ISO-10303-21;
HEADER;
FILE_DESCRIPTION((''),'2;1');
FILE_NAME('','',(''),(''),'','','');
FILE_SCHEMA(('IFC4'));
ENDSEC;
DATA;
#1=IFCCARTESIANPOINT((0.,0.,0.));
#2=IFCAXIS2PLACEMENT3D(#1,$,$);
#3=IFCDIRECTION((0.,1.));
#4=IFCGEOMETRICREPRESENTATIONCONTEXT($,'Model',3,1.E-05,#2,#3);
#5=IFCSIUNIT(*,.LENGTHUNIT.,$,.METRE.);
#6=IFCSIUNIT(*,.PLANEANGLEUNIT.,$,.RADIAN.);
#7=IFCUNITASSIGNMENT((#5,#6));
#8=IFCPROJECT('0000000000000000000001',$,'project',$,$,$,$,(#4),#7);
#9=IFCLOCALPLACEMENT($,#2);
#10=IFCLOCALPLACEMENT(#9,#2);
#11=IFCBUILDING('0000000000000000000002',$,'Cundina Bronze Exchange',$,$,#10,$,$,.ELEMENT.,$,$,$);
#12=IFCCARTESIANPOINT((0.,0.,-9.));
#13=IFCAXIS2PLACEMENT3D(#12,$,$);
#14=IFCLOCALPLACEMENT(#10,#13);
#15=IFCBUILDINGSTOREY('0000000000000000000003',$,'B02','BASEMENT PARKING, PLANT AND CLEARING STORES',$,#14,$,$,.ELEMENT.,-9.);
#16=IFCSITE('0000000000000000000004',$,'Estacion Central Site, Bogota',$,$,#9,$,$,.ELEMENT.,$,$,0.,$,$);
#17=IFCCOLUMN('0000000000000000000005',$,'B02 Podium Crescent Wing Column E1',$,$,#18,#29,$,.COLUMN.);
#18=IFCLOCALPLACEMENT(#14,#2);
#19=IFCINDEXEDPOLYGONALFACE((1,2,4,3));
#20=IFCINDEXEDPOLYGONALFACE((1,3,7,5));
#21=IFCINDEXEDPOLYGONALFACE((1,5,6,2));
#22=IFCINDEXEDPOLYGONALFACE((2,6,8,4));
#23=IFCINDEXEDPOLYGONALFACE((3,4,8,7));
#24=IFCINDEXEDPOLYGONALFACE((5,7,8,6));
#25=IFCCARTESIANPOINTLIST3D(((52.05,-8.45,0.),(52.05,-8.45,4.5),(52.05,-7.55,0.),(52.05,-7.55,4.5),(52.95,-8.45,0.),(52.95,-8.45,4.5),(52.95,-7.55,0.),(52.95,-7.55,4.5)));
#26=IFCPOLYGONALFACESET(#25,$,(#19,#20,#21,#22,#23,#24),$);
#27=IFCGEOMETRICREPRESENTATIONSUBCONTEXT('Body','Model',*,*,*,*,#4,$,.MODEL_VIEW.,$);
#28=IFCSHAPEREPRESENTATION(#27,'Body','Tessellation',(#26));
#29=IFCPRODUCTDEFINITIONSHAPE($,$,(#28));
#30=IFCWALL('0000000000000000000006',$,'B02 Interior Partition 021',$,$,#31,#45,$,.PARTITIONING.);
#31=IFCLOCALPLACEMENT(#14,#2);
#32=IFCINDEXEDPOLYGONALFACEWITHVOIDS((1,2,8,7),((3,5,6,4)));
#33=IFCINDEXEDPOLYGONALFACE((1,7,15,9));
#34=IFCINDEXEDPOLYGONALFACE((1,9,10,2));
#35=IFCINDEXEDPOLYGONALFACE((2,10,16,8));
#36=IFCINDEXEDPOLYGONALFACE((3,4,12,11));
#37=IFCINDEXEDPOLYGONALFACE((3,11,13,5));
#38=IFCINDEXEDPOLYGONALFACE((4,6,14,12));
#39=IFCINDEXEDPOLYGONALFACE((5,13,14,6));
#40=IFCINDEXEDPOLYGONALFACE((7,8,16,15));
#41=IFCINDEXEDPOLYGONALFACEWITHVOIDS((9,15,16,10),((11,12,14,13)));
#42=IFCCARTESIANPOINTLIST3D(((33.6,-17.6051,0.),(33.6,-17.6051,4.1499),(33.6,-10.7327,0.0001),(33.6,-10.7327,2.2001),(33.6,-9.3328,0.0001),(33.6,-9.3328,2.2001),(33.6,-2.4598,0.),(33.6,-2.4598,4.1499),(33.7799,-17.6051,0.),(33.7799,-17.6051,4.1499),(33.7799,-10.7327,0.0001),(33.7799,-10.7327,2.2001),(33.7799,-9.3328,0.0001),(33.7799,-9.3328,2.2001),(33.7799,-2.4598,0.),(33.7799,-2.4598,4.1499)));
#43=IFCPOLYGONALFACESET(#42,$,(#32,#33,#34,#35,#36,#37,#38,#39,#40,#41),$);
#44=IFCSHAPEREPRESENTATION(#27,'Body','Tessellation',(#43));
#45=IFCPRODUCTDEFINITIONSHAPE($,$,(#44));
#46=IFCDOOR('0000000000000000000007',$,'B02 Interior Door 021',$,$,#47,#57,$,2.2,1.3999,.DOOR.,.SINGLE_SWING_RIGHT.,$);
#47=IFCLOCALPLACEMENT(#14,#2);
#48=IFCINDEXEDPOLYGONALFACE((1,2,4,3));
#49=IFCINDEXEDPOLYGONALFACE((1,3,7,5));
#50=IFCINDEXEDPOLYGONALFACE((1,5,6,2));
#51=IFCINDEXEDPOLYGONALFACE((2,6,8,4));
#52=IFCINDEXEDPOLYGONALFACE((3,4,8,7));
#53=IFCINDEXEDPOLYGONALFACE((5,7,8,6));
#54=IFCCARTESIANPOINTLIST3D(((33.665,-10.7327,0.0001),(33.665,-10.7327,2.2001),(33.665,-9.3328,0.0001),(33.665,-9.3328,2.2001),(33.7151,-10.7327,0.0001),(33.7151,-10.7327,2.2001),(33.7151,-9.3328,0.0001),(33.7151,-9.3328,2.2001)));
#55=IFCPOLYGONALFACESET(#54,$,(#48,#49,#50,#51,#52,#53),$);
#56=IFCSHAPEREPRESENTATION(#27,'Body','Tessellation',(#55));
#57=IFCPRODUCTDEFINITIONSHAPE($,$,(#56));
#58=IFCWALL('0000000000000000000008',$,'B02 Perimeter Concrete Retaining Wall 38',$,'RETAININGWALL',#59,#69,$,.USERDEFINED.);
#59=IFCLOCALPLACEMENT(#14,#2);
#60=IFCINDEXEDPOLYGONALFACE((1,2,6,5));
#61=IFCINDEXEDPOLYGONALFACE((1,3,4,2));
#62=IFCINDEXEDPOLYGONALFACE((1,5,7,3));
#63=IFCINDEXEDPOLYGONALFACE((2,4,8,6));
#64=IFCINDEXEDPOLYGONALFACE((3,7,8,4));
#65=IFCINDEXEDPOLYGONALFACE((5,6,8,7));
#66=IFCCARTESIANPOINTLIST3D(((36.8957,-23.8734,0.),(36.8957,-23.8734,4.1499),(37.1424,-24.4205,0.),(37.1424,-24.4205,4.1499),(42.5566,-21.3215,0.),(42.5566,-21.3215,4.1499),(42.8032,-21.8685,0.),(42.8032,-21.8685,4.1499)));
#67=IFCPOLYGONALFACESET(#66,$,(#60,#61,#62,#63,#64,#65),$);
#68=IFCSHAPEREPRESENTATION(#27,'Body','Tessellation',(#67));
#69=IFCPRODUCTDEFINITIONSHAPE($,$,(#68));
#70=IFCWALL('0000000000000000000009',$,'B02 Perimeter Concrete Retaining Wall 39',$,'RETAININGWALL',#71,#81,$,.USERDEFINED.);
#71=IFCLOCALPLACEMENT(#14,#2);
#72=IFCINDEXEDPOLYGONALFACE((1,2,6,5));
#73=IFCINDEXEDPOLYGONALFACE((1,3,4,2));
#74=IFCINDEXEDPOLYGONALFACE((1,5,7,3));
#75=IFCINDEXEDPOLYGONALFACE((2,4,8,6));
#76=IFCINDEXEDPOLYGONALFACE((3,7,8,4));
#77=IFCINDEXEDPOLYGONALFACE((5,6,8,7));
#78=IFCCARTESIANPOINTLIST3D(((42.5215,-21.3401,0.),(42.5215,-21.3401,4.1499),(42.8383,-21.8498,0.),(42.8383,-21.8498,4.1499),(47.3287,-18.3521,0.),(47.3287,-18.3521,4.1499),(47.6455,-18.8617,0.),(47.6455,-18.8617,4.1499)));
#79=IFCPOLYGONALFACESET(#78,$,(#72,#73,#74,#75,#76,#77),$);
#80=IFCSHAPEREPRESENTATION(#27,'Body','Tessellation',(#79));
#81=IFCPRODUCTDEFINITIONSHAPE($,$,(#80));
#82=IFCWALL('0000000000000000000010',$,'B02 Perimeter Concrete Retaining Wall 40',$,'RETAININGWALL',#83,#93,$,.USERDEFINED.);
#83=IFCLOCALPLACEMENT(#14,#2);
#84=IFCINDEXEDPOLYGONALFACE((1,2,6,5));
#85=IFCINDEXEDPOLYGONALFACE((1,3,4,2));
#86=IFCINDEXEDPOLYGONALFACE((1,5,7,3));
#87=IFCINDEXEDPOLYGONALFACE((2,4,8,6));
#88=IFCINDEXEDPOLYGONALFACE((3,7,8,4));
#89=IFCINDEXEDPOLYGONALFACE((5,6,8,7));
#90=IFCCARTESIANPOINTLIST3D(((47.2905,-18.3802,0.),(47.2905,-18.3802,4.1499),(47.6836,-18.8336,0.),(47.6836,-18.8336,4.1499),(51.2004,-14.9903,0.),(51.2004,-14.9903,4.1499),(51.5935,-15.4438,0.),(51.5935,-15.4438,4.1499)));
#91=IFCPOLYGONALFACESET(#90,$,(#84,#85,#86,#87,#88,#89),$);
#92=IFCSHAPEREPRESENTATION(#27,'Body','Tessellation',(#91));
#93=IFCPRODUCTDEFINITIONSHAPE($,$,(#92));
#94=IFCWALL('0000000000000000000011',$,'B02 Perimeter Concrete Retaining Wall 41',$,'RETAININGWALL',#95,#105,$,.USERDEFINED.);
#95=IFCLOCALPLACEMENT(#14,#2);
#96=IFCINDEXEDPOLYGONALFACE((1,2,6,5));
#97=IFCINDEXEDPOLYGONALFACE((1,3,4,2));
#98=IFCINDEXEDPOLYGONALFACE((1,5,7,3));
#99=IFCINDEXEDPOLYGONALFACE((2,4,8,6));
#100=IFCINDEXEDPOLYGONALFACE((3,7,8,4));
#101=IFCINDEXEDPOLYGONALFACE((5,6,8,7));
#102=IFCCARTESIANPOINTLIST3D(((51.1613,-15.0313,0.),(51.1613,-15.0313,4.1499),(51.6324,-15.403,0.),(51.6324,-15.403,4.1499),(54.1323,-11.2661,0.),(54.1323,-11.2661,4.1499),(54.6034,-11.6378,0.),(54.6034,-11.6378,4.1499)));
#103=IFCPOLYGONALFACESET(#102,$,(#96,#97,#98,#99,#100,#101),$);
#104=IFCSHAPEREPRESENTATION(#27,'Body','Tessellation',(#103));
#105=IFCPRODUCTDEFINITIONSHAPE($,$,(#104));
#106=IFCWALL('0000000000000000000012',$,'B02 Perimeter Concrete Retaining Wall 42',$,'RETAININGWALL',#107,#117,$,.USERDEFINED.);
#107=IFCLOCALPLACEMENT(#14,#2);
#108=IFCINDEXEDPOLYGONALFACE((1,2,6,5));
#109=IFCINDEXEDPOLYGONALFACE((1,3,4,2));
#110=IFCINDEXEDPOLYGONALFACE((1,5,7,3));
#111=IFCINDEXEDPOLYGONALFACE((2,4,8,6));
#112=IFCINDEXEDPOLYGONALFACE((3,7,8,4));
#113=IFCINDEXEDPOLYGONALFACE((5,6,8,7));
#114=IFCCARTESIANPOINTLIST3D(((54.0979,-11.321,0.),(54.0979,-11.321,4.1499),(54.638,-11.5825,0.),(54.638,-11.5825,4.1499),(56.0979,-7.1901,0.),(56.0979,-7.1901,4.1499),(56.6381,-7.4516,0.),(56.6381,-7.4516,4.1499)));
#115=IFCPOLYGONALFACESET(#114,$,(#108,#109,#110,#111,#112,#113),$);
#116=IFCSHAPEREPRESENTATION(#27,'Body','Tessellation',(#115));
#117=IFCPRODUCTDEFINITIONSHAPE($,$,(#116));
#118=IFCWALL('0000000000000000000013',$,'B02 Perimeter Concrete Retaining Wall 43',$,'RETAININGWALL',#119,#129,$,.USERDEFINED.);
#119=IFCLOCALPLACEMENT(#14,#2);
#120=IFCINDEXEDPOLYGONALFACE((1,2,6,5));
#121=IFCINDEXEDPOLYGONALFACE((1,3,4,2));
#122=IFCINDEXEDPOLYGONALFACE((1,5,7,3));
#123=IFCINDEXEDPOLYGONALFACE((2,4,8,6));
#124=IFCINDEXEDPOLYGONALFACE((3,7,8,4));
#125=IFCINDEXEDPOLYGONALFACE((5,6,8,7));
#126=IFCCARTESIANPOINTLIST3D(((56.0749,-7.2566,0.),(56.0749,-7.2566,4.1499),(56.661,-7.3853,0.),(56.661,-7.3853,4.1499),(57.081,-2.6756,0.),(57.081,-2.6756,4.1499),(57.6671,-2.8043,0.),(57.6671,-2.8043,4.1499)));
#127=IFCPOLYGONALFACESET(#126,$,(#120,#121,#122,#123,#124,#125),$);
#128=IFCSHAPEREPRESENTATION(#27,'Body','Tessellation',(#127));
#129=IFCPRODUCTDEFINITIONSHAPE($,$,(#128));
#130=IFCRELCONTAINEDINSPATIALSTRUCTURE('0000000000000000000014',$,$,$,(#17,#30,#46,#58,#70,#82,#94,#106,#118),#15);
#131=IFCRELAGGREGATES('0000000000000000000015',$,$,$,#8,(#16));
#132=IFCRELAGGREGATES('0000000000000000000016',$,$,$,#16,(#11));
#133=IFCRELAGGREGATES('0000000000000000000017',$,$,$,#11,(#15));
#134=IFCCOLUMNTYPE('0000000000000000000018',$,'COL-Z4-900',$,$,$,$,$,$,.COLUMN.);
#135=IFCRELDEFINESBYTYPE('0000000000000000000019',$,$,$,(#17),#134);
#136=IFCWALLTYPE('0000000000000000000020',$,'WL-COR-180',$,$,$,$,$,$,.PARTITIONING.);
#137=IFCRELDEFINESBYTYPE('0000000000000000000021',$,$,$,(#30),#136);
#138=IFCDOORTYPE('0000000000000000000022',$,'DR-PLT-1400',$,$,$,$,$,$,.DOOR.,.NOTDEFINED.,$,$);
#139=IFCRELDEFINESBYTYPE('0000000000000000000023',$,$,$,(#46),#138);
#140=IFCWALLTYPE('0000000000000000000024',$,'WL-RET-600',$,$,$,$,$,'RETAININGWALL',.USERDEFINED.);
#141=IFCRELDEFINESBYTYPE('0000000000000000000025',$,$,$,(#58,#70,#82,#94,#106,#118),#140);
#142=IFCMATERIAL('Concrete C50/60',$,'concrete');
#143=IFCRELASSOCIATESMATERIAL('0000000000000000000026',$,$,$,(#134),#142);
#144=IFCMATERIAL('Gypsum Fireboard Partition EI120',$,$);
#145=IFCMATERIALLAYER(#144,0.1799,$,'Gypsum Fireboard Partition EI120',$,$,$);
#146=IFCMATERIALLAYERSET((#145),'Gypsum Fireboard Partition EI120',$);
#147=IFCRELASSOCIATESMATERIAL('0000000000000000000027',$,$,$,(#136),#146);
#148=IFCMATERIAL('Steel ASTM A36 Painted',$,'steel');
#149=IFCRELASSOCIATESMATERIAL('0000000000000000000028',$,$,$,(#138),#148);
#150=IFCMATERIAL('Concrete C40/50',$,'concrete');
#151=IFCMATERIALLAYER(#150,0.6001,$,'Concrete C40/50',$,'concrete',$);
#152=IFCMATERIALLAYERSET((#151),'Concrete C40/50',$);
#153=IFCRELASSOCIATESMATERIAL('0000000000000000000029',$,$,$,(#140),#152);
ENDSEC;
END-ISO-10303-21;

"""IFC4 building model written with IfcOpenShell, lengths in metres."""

from ifc_helpers import new_model, si_unit, direction, frame, frame_2d, origin, origin_2d, place, context, subcontext, project, spatial, rectangle, extrude, material, layer, layer_set, material_profile, profile_set, type_object, element, fill, save


model = new_model("IFC4")

# Units and contexts
model_context = context("Model", 3, precision=1e-05, world=origin(), true_north=direction((0.0, 1.0)))
body_context = subcontext(model_context, "Body", "Model", "MODEL_VIEW")
ifc_project = project(units=[si_unit("LENGTHUNIT", "METRE"), si_unit("PLANEANGLEUNIT", "RADIAN")], contexts=[model_context])

# Site, building, storey
site_placement = place(None, origin())
site = spatial("IfcSite", under=ifc_project, at=site_placement, Name="Estacion Central Site, Bogota", CompositionType="ELEMENT", RefElevation=0.0)
building_placement = place(site_placement, origin())
building = spatial("IfcBuilding", under=site, at=building_placement, Name="Cundina Bronze Exchange", CompositionType="ELEMENT")
storey_placement = place(building_placement, frame((0.0, 0.0, -9.0)))
storey = spatial("IfcBuildingStorey", under=building, at=storey_placement, Name="B02", Description="BASEMENT PARKING, PLANT AND CLEARING STORES", CompositionType="ELEMENT", Elevation=-9.0)

# Shared definitions
ifc_material_1 = material(Name="Concrete C40/50", Category="concrete")

# Column
ifc_material_2 = material(Name="Concrete C50/60", Category="concrete")
ifc_material_profile_1 = material_profile(ifc_material_2, rectangle(XDim=0.8999, YDim=0.8999, at=origin_2d()), Name="RC900X900", Category="concrete")
ifc_profile_set_1 = profile_set([ifc_material_profile_1], Name="Concrete C50/60")
column_type_1 = type_object("IfcColumnType", Name="COL-Z4-900", PredefinedType="COLUMN", material=ifc_profile_set_1)
column_1_placement = place(storey_placement, frame((52.5, -8.0, 0.0), z_axis=(0.0, 0.0, 1.0), x_axis=(1.0, 0.0, 0.0)))
element("IfcColumn", 1, at=column_1_placement, inside=storey, type_object=column_type_1, Name="B02 Podium Crescent Wing Column E1", PredefinedType="COLUMN", context=body_context, shape_type="SweptSolid", body=[
    extrude(rectangle(XDim=0.8999, YDim=0.8999, at=origin_2d()), origin(), (0.0, 0.0, 1.0), 4.5),
])

# Wall, opening, door
ifc_material_3 = material(Name="Gypsum Fireboard Partition EI120")
ifc_layer_1 = layer(ifc_material_3, 0.1799, Name="Gypsum Fireboard Partition EI120")
ifc_layer_set_1 = layer_set([ifc_layer_1], Name="Gypsum Fireboard Partition EI120")
wall_type_1 = type_object("IfcWallType", Name="WL-COR-180", PredefinedType="PARTITIONING", material=ifc_layer_set_1)
wall_1_placement = place(storey_placement, frame((33.6899, -17.6052, 0.0), z_axis=(0.0, 0.0, 1.0), x_axis=(0.0, 1.0, 0.0)))
wall_1 = element("IfcWall", 2, at=wall_1_placement, inside=storey, type_object=wall_type_1, Name="B02 Interior Partition 021", PredefinedType="PARTITIONING", context=body_context, shape_type="SweptSolid", body=[
    extrude(rectangle(XDim=15.1453, YDim=0.1799, at=frame_2d((7.5728, 0.0))), origin(), (0.0, 0.0, 1.0), 4.1499),
])
opening_placement = place(wall_1_placement, frame((6.8726, 0.0, 0.0)))
opening = element("IfcOpeningElement", 3, at=opening_placement, cuts=wall_1, PredefinedType="OPENING", context=body_context, shape_type="SweptSolid", body=[
    extrude(rectangle(XDim=1.3999, YDim=2.2, at=frame_2d((0.7, 1.1001))), frame((0.0, 0.0999, 0.0), z_axis=(0.0, -1.0, 0.0), x_axis=(1.0, 0.0, 0.0)), (0.0, 0.0, 1.0), 0.2),
])
ifc_material_4 = material(Name="Steel ASTM A36 Painted", Category="steel")
door_type = type_object("IfcDoorType", Name="DR-PLT-1400", OperationType="NOTDEFINED", PredefinedType="DOOR", material=ifc_material_4)
door_placement = place(opening_placement, origin())
door = element("IfcDoor", 4, at=door_placement, inside=storey, type_object=door_type, Name="B02 Interior Door 021", OperationType="SINGLE_SWING_RIGHT", OverallHeight=2.2, OverallWidth=1.3999, PredefinedType="DOOR", context=body_context, shape_type="SweptSolid", body=[
    extrude(rectangle(XDim=1.3999, YDim=2.2, at=frame_2d((0.7, 1.1001))), frame((0.0, 0.0249, 0.0), z_axis=(0.0, -1.0, 0.0), x_axis=(1.0, 0.0, 0.0)), (0.0, 0.0, 1.0), 0.05),
])
fill(opening, door)

# Walls
ifc_layer_2 = layer(ifc_material_1, 0.6001, Name="Concrete C40/50", Category="concrete")
ifc_layer_set_2 = layer_set([ifc_layer_2], Name="Concrete C40/50")
wall_type_2 = type_object("IfcWallType", Name="WL-RET-600", ElementType="RETAININGWALL", PredefinedType="USERDEFINED", material=ifc_layer_set_2)
wall_2_placement = place(storey_placement, frame((37.019, -24.147, 0.0), z_axis=(0.0, 0.0, 1.0), x_axis=(0.911644, 0.410981, 0.0)))
element("IfcWall", 5, at=wall_2_placement, inside=storey, type_object=wall_type_2, Name="B02 Perimeter Concrete Retaining Wall 38", ObjectType="RETAININGWALL", PredefinedType="USERDEFINED", context=body_context, shape_type="SweptSolid", body=[
    extrude(rectangle(XDim=6.2095, YDim=0.6001, at=frame_2d((3.1047, 0.0))), origin(), (0.0, 0.0, 1.0), 4.1499),
])
wall_3_placement = place(storey_placement, frame((42.6799, -21.595, 0.0), z_axis=(0.0, 0.0, 1.0), x_axis=(0.849299, 0.527911, 0.0)))
element("IfcWall", 6, at=wall_3_placement, inside=storey, type_object=wall_type_2, Name="B02 Perimeter Concrete Retaining Wall 39", ObjectType="RETAININGWALL", PredefinedType="USERDEFINED", context=body_context, shape_type="SweptSolid", body=[
    extrude(rectangle(XDim=5.6602, YDim=0.6001, at=frame_2d((2.8301, 0.0))), origin(), (0.0, 0.0, 1.0), 4.1499),
])
wall_4_placement = place(storey_placement, frame((47.4871, -18.6069, 0.0), z_axis=(0.0, 0.0, 1.0), x_axis=(0.755565, 0.655074, 0.0)))
element("IfcWall", 7, at=wall_4_placement, inside=storey, type_object=wall_type_2, Name="B02 Perimeter Concrete Retaining Wall 40", ObjectType="RETAININGWALL", PredefinedType="USERDEFINED", context=body_context, shape_type="SweptSolid", body=[
    extrude(rectangle(XDim=5.1748, YDim=0.6001, at=frame_2d((2.5874, 0.0))), origin(), (0.0, 0.0, 1.0), 4.1499),
])
wall_5_placement = place(storey_placement, frame((51.397, -15.217, 0.0), z_axis=(0.0, 0.0, 1.0), x_axis=(0.619448, 0.785038, 0.0)))
element("IfcWall", 8, at=wall_5_placement, inside=storey, type_object=wall_type_2, Name="B02 Perimeter Concrete Retaining Wall 41", ObjectType="RETAININGWALL", PredefinedType="USERDEFINED", context=body_context, shape_type="SweptSolid", body=[
    extrude(rectangle(XDim=4.7961, YDim=0.6001, at=frame_2d((2.3979, 0.0))), origin(), (0.0, 0.0, 1.0), 4.1499),
])
wall_6_placement = place(storey_placement, frame((54.3679, -11.4519, 0.0), z_axis=(0.0, 0.0, 1.0), x_axis=(0.435772, 0.900057, 0.0)))
element("IfcWall", 9, at=wall_6_placement, inside=storey, type_object=wall_type_2, Name="B02 Perimeter Concrete Retaining Wall 42", ObjectType="RETAININGWALL", PredefinedType="USERDEFINED", context=body_context, shape_type="SweptSolid", body=[
    extrude(rectangle(XDim=4.5896, YDim=0.6001, at=frame_2d((2.2949, 0.0))), origin(), (0.0, 0.0, 1.0), 4.1499),
])
wall_7_placement = place(storey_placement, frame((56.3679, -7.321, 0.0), z_axis=(0.0, 0.0, 1.0), x_axis=(0.21451, 0.976722, 0.0)))
element("IfcWall", 10, at=wall_7_placement, inside=storey, type_object=wall_type_2, Name="B02 Perimeter Concrete Retaining Wall 43", ObjectType="RETAININGWALL", PredefinedType="USERDEFINED", context=body_context, shape_type="SweptSolid", body=[
    extrude(rectangle(XDim=4.6902, YDim=0.6001, at=frame_2d((2.3452, 0.0))), origin(), (0.0, 0.0, 1.0), 4.1499),
])

save(model, "model.ifc")
